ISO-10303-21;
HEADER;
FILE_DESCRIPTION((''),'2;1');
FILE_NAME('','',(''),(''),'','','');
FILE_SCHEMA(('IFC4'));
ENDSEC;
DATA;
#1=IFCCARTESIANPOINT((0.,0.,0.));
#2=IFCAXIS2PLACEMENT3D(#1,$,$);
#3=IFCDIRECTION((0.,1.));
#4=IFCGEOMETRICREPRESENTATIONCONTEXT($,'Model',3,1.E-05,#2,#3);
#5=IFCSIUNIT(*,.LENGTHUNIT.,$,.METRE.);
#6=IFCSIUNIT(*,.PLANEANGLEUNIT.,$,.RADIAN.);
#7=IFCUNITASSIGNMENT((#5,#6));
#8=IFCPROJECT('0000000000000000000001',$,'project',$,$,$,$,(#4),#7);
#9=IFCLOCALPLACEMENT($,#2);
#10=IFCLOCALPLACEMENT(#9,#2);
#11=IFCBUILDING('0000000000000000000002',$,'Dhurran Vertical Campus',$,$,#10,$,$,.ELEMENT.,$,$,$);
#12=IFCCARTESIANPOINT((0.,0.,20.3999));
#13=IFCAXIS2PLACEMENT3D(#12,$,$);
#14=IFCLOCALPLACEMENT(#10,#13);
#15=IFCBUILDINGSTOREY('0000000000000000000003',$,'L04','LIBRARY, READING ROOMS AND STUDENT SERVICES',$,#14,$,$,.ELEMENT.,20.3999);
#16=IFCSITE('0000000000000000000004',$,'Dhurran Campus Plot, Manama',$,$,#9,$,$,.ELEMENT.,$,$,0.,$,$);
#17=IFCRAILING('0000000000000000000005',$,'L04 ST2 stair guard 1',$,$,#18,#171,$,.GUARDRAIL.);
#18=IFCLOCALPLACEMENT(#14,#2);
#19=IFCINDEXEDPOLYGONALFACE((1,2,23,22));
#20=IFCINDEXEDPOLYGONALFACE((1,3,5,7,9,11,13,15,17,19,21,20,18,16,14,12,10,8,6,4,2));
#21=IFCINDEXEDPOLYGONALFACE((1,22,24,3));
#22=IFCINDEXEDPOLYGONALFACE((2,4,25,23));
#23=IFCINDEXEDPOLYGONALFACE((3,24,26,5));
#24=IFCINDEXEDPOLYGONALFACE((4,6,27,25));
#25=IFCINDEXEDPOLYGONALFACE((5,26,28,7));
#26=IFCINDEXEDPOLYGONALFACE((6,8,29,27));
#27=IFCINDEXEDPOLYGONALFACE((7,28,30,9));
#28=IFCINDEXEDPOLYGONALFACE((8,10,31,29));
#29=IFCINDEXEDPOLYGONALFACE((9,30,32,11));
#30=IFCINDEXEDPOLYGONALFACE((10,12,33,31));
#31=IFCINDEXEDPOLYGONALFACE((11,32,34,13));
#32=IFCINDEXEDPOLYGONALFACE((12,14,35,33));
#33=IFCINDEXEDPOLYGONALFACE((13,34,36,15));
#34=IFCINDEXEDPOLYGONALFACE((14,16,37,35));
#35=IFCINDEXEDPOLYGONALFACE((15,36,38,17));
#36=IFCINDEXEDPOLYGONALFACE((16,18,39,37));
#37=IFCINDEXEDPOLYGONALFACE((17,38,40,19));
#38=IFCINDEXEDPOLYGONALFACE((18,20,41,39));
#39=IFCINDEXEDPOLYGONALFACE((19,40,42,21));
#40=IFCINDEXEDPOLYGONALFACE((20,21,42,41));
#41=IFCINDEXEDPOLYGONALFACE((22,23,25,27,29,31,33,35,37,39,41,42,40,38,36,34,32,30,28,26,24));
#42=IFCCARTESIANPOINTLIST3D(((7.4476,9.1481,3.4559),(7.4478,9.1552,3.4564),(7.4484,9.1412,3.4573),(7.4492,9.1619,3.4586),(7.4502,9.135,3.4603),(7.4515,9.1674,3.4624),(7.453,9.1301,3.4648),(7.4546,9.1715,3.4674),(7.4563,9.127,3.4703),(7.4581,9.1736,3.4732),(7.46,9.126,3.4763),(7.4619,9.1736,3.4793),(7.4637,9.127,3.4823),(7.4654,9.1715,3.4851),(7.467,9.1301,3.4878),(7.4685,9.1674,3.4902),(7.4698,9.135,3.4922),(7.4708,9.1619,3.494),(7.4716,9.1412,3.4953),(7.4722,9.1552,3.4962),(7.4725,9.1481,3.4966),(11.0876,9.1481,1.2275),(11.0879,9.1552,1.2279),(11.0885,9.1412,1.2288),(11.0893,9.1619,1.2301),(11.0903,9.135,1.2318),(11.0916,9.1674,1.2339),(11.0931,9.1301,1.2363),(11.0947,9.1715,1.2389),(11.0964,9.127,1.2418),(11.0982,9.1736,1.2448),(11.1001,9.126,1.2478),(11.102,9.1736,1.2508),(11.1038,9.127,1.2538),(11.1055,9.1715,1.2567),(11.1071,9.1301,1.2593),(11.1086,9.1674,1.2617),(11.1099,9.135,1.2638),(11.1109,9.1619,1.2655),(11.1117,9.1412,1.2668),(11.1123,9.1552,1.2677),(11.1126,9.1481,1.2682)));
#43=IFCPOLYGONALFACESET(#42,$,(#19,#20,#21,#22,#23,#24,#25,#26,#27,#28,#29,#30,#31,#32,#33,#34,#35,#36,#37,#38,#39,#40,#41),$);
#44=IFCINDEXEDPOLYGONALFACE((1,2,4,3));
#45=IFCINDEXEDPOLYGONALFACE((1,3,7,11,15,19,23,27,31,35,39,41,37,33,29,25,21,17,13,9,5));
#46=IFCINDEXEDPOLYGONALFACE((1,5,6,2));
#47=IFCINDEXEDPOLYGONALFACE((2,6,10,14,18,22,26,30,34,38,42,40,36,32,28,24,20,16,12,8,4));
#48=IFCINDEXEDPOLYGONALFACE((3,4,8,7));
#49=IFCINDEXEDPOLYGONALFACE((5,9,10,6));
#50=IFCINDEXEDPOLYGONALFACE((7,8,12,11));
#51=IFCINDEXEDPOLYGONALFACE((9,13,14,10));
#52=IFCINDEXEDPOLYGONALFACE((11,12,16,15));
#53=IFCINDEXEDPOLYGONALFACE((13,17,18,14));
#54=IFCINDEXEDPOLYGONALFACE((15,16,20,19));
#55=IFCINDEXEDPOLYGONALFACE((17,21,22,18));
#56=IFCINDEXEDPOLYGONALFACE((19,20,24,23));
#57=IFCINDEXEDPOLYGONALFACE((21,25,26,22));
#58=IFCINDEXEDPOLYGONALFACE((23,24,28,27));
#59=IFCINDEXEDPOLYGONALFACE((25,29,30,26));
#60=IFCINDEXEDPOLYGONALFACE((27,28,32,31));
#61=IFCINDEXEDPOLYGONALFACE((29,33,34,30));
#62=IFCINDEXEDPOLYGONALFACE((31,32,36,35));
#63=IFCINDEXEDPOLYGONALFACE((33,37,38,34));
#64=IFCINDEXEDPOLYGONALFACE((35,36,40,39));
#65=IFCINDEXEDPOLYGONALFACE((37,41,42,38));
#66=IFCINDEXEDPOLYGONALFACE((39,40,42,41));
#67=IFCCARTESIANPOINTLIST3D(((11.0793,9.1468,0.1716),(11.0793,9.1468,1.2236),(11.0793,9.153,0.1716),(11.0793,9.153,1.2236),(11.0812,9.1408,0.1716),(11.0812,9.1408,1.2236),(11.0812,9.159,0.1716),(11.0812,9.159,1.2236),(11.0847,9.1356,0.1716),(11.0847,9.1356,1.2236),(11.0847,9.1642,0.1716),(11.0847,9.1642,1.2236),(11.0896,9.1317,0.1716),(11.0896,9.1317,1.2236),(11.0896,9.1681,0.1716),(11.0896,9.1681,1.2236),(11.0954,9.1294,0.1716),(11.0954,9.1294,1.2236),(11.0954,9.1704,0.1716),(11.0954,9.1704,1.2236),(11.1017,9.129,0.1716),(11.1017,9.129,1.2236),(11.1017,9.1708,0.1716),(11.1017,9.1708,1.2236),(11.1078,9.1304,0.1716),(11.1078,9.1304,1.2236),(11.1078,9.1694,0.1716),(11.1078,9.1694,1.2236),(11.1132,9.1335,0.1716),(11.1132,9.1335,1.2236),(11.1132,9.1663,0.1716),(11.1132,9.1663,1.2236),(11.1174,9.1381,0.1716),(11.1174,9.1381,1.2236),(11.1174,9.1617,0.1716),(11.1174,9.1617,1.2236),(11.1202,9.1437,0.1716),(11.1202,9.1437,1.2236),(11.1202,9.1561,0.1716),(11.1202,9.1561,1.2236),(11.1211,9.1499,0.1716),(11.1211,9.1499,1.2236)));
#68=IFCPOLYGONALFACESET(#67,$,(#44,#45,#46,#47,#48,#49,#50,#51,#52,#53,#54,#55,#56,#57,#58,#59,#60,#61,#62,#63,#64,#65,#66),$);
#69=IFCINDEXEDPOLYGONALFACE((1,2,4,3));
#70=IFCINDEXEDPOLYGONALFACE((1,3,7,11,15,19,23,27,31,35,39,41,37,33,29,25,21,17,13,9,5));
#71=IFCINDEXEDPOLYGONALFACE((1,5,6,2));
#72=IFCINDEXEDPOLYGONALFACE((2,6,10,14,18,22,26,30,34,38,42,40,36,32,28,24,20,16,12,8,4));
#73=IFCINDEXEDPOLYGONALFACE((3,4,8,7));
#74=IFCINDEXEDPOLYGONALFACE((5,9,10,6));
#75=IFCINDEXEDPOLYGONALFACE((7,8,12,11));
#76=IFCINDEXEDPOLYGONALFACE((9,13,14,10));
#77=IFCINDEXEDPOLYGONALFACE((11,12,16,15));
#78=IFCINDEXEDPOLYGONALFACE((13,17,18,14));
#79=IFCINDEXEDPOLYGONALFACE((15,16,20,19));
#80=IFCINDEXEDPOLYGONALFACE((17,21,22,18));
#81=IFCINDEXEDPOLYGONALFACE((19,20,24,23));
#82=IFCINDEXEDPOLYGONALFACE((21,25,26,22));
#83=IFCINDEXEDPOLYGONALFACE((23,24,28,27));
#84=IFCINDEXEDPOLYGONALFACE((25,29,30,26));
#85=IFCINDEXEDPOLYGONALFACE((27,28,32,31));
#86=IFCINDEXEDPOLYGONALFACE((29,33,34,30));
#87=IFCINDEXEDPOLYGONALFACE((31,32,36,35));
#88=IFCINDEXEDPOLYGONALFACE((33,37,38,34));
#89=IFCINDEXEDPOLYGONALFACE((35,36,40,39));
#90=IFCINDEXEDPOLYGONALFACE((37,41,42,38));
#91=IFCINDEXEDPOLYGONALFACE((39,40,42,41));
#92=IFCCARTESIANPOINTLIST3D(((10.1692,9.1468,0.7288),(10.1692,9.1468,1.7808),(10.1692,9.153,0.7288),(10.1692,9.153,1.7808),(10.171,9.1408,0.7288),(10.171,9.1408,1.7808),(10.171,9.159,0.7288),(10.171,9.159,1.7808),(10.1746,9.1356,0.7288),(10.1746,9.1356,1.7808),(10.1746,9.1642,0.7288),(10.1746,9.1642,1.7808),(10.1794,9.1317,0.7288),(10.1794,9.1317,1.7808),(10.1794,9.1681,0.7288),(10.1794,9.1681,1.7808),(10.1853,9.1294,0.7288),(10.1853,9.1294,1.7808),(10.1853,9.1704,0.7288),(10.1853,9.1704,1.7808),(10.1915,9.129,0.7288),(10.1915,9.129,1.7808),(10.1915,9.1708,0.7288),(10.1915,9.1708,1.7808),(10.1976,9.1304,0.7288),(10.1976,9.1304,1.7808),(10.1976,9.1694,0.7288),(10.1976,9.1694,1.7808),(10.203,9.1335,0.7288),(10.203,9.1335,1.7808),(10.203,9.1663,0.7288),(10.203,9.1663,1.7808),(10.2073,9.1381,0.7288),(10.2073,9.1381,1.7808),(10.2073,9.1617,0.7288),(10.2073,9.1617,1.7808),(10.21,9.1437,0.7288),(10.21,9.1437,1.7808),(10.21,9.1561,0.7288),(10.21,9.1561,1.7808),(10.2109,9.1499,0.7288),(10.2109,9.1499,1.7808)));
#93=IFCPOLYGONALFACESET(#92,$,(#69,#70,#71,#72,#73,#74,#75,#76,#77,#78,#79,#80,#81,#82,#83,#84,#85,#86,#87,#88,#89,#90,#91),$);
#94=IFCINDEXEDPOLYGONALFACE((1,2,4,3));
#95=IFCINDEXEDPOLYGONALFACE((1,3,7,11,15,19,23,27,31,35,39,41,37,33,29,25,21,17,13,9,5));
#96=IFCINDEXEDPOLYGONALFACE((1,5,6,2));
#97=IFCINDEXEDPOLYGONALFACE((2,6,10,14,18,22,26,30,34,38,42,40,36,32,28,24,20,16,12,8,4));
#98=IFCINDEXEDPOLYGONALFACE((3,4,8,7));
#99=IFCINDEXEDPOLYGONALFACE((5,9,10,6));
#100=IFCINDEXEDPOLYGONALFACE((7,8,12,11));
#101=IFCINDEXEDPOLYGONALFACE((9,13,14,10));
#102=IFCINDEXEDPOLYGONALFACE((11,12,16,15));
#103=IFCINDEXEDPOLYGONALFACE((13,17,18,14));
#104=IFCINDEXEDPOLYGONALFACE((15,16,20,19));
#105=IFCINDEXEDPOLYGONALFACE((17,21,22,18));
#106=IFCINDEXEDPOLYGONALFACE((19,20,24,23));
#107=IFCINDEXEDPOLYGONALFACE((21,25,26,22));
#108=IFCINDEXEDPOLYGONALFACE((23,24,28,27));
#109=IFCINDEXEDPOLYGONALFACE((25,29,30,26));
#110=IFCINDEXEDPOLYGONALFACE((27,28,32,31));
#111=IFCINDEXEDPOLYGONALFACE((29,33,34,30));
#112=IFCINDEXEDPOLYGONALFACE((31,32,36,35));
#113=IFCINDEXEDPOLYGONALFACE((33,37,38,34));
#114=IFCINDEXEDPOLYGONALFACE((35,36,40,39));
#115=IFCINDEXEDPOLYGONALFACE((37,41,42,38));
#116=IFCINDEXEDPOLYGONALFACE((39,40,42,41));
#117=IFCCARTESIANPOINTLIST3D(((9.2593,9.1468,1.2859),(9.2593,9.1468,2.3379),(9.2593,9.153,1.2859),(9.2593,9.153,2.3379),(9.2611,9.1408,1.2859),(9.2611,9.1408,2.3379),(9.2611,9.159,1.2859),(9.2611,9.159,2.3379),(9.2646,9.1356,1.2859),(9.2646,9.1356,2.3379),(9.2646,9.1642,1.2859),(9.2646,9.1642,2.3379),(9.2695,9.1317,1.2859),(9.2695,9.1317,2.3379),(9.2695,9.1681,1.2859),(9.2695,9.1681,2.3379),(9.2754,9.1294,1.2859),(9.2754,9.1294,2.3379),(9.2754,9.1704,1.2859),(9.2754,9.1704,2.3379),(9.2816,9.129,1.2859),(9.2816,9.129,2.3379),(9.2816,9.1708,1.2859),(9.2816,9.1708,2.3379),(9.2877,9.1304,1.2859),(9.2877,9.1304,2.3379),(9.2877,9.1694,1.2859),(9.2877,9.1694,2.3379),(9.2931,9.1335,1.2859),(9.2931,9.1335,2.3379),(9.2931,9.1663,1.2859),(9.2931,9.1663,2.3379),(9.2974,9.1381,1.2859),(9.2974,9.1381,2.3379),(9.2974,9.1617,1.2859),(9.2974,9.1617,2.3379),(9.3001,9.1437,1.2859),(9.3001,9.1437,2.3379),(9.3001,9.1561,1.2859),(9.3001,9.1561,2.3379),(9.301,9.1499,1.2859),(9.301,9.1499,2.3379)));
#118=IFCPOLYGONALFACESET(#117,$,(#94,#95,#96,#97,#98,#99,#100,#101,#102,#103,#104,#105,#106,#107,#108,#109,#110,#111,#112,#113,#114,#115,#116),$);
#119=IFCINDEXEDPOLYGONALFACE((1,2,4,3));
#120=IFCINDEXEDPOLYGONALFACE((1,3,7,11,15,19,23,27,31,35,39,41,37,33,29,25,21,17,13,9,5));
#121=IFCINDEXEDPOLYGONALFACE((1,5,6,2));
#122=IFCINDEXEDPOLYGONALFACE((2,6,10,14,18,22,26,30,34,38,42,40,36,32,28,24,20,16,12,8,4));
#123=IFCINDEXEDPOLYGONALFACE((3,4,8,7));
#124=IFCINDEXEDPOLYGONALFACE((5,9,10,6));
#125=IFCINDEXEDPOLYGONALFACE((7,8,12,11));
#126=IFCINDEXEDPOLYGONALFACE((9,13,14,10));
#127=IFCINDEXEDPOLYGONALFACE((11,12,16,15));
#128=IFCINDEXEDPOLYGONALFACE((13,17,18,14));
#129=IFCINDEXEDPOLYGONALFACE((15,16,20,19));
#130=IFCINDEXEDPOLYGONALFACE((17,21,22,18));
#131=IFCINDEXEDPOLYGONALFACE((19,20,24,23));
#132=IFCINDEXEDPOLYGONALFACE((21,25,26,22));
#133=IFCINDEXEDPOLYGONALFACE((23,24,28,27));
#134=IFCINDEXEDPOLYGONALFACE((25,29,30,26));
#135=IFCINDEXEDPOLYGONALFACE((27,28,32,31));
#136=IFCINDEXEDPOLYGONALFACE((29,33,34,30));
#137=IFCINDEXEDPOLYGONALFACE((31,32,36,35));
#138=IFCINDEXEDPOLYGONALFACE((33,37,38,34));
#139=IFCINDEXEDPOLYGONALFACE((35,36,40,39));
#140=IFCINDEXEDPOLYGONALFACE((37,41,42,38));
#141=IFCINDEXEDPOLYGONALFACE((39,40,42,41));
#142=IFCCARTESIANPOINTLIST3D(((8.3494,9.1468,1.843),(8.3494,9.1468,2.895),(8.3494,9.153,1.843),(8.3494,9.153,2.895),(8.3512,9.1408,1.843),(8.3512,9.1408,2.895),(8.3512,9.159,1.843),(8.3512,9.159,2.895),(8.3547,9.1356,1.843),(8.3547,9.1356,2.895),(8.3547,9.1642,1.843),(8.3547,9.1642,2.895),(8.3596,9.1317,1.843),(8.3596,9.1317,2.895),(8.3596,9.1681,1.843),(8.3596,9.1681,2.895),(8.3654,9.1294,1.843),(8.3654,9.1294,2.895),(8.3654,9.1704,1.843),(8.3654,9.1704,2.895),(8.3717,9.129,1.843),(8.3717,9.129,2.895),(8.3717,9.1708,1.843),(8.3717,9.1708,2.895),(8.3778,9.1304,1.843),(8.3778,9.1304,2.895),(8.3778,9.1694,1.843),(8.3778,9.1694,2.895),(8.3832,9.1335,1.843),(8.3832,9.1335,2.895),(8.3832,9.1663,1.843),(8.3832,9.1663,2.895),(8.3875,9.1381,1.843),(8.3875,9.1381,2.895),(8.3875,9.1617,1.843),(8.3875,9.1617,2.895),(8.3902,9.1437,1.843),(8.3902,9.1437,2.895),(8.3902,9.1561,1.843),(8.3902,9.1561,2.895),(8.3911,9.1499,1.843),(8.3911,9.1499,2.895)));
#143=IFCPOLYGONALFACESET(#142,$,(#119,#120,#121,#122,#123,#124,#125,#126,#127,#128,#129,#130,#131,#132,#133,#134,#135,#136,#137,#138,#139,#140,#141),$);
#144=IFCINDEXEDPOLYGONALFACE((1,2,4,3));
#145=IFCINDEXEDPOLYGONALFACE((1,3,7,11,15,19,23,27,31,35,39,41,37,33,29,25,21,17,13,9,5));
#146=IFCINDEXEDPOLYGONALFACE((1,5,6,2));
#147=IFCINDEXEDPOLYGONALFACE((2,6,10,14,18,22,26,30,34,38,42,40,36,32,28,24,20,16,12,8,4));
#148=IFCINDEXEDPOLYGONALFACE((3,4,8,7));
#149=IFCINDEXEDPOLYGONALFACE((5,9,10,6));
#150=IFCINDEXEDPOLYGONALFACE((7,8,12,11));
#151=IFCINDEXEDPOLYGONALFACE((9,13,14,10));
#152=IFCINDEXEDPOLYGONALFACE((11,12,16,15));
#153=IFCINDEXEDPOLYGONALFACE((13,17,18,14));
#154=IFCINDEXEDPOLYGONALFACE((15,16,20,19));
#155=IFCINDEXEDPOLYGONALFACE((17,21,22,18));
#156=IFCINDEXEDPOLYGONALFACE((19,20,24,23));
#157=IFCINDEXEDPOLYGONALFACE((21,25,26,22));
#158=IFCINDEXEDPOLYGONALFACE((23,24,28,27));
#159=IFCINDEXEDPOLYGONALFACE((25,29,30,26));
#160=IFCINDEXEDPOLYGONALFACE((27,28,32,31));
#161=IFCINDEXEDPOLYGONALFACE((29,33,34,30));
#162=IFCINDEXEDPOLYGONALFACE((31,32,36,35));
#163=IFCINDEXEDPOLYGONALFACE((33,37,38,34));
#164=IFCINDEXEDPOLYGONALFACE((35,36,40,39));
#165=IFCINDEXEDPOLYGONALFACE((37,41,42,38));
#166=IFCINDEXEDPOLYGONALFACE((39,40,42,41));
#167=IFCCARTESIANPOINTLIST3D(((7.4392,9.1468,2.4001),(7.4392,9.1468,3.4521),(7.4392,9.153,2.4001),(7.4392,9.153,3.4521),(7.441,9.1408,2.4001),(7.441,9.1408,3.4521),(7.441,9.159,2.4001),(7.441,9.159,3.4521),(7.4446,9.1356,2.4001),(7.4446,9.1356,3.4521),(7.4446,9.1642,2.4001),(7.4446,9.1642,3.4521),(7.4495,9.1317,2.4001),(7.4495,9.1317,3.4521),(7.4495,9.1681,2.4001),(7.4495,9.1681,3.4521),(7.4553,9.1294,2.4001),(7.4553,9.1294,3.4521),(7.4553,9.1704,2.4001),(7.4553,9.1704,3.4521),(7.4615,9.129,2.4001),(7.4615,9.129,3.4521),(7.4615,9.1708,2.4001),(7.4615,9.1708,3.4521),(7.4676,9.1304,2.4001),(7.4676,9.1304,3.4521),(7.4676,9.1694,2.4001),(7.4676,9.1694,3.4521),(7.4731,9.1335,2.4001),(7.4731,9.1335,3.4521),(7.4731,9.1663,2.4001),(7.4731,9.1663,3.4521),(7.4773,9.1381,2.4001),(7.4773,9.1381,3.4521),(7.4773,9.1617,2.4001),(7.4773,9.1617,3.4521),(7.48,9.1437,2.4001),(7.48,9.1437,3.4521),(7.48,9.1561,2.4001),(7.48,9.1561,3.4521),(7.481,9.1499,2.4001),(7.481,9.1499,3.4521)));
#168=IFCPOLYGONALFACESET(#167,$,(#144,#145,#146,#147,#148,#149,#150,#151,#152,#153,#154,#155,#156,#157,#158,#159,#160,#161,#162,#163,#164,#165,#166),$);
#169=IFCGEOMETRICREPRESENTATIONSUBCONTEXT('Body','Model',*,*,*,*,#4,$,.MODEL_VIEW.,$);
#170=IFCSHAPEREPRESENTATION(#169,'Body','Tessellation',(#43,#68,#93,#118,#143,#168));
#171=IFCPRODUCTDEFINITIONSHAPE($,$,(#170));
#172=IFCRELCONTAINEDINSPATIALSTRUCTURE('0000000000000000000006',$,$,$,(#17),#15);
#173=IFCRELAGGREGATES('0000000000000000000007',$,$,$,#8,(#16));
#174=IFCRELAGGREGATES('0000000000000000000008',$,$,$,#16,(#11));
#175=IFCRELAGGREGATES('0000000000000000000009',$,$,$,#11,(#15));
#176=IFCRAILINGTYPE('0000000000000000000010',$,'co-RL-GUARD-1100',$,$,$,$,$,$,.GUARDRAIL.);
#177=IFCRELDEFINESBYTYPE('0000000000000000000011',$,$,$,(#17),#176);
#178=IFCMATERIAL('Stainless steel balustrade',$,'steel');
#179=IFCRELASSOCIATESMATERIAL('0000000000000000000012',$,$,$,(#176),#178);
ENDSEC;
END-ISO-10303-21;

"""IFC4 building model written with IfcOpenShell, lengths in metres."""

from ifc_helpers import new_model, si_unit, direction, frame, origin, origin_2d, place, context, subcontext, project, spatial, circle, extrude, material, type_object, element, save


model = new_model("IFC4")

# Units and contexts
model_context = context("Model", 3, precision=1e-05, world=origin(), true_north=direction((0.0, 1.0)))
body_context = subcontext(model_context, "Body", "Model", "MODEL_VIEW")
ifc_project = project(units=[si_unit("LENGTHUNIT", "METRE"), si_unit("PLANEANGLEUNIT", "RADIAN")], contexts=[model_context])

# Site, building, storey
site_placement = place(None, origin())
site = spatial("IfcSite", under=ifc_project, at=site_placement, Name="Dhurran Campus Plot, Manama", CompositionType="ELEMENT", RefElevation=0.0)
building_placement = place(site_placement, origin())
building = spatial("IfcBuilding", under=site, at=building_placement, Name="Dhurran Vertical Campus", CompositionType="ELEMENT")
storey_placement = place(building_placement, frame((0.0, 0.0, 20.3999)))
storey = spatial("IfcBuildingStorey", under=building, at=storey_placement, Name="L04", Description="LIBRARY, READING ROOMS AND STUDENT SERVICES", CompositionType="ELEMENT", Elevation=20.3999)

# Railing
ifc_material_1 = material(Name="Stainless steel balustrade", Category="steel")
railing_type_1 = type_object("IfcRailingType", Name="co-RL-GUARD-1100", PredefinedType="GUARDRAIL", material=ifc_material_1)
railing_1_placement = place(storey_placement, frame((11.1001, 9.1499, 0.1716)))
element("IfcRailing", 1, at=railing_1_placement, inside=storey, type_object=railing_type_1, Name="L04 ST2 stair guard 1", PredefinedType="GUARDRAIL", context=body_context, shape_type="SweptSolid", body=[
    extrude(circle(Radius=0.0239, at=origin_2d()), frame((0.0, 0.0, 1.0762), z_axis=(-0.852866, 0.0, 0.52213), x_axis=(0.0, -1.0, 0.0)), (0.0, 0.0, 1.0), 4.2681),
    extrude(circle(Radius=0.021, at=origin_2d()), origin(), (0.0, 0.0, 1.0), 1.052),
    extrude(circle(Radius=0.021, at=origin_2d()), frame((-0.9102, 0.0, 0.5571)), (0.0, 0.0, 1.0), 1.052),
    extrude(circle(Radius=0.021, at=origin_2d()), frame((-1.8201, 0.0, 1.1143)), (0.0, 0.0, 1.0), 1.052),
    extrude(circle(Radius=0.021, at=origin_2d()), frame((-2.73, 0.0, 1.6714)), (0.0, 0.0, 1.0), 1.052),
    extrude(circle(Radius=0.021, at=origin_2d()), frame((-3.6401, 0.0, 2.2285)), (0.0, 0.0, 1.0), 1.052),
])

save(model, "model.ifc")
